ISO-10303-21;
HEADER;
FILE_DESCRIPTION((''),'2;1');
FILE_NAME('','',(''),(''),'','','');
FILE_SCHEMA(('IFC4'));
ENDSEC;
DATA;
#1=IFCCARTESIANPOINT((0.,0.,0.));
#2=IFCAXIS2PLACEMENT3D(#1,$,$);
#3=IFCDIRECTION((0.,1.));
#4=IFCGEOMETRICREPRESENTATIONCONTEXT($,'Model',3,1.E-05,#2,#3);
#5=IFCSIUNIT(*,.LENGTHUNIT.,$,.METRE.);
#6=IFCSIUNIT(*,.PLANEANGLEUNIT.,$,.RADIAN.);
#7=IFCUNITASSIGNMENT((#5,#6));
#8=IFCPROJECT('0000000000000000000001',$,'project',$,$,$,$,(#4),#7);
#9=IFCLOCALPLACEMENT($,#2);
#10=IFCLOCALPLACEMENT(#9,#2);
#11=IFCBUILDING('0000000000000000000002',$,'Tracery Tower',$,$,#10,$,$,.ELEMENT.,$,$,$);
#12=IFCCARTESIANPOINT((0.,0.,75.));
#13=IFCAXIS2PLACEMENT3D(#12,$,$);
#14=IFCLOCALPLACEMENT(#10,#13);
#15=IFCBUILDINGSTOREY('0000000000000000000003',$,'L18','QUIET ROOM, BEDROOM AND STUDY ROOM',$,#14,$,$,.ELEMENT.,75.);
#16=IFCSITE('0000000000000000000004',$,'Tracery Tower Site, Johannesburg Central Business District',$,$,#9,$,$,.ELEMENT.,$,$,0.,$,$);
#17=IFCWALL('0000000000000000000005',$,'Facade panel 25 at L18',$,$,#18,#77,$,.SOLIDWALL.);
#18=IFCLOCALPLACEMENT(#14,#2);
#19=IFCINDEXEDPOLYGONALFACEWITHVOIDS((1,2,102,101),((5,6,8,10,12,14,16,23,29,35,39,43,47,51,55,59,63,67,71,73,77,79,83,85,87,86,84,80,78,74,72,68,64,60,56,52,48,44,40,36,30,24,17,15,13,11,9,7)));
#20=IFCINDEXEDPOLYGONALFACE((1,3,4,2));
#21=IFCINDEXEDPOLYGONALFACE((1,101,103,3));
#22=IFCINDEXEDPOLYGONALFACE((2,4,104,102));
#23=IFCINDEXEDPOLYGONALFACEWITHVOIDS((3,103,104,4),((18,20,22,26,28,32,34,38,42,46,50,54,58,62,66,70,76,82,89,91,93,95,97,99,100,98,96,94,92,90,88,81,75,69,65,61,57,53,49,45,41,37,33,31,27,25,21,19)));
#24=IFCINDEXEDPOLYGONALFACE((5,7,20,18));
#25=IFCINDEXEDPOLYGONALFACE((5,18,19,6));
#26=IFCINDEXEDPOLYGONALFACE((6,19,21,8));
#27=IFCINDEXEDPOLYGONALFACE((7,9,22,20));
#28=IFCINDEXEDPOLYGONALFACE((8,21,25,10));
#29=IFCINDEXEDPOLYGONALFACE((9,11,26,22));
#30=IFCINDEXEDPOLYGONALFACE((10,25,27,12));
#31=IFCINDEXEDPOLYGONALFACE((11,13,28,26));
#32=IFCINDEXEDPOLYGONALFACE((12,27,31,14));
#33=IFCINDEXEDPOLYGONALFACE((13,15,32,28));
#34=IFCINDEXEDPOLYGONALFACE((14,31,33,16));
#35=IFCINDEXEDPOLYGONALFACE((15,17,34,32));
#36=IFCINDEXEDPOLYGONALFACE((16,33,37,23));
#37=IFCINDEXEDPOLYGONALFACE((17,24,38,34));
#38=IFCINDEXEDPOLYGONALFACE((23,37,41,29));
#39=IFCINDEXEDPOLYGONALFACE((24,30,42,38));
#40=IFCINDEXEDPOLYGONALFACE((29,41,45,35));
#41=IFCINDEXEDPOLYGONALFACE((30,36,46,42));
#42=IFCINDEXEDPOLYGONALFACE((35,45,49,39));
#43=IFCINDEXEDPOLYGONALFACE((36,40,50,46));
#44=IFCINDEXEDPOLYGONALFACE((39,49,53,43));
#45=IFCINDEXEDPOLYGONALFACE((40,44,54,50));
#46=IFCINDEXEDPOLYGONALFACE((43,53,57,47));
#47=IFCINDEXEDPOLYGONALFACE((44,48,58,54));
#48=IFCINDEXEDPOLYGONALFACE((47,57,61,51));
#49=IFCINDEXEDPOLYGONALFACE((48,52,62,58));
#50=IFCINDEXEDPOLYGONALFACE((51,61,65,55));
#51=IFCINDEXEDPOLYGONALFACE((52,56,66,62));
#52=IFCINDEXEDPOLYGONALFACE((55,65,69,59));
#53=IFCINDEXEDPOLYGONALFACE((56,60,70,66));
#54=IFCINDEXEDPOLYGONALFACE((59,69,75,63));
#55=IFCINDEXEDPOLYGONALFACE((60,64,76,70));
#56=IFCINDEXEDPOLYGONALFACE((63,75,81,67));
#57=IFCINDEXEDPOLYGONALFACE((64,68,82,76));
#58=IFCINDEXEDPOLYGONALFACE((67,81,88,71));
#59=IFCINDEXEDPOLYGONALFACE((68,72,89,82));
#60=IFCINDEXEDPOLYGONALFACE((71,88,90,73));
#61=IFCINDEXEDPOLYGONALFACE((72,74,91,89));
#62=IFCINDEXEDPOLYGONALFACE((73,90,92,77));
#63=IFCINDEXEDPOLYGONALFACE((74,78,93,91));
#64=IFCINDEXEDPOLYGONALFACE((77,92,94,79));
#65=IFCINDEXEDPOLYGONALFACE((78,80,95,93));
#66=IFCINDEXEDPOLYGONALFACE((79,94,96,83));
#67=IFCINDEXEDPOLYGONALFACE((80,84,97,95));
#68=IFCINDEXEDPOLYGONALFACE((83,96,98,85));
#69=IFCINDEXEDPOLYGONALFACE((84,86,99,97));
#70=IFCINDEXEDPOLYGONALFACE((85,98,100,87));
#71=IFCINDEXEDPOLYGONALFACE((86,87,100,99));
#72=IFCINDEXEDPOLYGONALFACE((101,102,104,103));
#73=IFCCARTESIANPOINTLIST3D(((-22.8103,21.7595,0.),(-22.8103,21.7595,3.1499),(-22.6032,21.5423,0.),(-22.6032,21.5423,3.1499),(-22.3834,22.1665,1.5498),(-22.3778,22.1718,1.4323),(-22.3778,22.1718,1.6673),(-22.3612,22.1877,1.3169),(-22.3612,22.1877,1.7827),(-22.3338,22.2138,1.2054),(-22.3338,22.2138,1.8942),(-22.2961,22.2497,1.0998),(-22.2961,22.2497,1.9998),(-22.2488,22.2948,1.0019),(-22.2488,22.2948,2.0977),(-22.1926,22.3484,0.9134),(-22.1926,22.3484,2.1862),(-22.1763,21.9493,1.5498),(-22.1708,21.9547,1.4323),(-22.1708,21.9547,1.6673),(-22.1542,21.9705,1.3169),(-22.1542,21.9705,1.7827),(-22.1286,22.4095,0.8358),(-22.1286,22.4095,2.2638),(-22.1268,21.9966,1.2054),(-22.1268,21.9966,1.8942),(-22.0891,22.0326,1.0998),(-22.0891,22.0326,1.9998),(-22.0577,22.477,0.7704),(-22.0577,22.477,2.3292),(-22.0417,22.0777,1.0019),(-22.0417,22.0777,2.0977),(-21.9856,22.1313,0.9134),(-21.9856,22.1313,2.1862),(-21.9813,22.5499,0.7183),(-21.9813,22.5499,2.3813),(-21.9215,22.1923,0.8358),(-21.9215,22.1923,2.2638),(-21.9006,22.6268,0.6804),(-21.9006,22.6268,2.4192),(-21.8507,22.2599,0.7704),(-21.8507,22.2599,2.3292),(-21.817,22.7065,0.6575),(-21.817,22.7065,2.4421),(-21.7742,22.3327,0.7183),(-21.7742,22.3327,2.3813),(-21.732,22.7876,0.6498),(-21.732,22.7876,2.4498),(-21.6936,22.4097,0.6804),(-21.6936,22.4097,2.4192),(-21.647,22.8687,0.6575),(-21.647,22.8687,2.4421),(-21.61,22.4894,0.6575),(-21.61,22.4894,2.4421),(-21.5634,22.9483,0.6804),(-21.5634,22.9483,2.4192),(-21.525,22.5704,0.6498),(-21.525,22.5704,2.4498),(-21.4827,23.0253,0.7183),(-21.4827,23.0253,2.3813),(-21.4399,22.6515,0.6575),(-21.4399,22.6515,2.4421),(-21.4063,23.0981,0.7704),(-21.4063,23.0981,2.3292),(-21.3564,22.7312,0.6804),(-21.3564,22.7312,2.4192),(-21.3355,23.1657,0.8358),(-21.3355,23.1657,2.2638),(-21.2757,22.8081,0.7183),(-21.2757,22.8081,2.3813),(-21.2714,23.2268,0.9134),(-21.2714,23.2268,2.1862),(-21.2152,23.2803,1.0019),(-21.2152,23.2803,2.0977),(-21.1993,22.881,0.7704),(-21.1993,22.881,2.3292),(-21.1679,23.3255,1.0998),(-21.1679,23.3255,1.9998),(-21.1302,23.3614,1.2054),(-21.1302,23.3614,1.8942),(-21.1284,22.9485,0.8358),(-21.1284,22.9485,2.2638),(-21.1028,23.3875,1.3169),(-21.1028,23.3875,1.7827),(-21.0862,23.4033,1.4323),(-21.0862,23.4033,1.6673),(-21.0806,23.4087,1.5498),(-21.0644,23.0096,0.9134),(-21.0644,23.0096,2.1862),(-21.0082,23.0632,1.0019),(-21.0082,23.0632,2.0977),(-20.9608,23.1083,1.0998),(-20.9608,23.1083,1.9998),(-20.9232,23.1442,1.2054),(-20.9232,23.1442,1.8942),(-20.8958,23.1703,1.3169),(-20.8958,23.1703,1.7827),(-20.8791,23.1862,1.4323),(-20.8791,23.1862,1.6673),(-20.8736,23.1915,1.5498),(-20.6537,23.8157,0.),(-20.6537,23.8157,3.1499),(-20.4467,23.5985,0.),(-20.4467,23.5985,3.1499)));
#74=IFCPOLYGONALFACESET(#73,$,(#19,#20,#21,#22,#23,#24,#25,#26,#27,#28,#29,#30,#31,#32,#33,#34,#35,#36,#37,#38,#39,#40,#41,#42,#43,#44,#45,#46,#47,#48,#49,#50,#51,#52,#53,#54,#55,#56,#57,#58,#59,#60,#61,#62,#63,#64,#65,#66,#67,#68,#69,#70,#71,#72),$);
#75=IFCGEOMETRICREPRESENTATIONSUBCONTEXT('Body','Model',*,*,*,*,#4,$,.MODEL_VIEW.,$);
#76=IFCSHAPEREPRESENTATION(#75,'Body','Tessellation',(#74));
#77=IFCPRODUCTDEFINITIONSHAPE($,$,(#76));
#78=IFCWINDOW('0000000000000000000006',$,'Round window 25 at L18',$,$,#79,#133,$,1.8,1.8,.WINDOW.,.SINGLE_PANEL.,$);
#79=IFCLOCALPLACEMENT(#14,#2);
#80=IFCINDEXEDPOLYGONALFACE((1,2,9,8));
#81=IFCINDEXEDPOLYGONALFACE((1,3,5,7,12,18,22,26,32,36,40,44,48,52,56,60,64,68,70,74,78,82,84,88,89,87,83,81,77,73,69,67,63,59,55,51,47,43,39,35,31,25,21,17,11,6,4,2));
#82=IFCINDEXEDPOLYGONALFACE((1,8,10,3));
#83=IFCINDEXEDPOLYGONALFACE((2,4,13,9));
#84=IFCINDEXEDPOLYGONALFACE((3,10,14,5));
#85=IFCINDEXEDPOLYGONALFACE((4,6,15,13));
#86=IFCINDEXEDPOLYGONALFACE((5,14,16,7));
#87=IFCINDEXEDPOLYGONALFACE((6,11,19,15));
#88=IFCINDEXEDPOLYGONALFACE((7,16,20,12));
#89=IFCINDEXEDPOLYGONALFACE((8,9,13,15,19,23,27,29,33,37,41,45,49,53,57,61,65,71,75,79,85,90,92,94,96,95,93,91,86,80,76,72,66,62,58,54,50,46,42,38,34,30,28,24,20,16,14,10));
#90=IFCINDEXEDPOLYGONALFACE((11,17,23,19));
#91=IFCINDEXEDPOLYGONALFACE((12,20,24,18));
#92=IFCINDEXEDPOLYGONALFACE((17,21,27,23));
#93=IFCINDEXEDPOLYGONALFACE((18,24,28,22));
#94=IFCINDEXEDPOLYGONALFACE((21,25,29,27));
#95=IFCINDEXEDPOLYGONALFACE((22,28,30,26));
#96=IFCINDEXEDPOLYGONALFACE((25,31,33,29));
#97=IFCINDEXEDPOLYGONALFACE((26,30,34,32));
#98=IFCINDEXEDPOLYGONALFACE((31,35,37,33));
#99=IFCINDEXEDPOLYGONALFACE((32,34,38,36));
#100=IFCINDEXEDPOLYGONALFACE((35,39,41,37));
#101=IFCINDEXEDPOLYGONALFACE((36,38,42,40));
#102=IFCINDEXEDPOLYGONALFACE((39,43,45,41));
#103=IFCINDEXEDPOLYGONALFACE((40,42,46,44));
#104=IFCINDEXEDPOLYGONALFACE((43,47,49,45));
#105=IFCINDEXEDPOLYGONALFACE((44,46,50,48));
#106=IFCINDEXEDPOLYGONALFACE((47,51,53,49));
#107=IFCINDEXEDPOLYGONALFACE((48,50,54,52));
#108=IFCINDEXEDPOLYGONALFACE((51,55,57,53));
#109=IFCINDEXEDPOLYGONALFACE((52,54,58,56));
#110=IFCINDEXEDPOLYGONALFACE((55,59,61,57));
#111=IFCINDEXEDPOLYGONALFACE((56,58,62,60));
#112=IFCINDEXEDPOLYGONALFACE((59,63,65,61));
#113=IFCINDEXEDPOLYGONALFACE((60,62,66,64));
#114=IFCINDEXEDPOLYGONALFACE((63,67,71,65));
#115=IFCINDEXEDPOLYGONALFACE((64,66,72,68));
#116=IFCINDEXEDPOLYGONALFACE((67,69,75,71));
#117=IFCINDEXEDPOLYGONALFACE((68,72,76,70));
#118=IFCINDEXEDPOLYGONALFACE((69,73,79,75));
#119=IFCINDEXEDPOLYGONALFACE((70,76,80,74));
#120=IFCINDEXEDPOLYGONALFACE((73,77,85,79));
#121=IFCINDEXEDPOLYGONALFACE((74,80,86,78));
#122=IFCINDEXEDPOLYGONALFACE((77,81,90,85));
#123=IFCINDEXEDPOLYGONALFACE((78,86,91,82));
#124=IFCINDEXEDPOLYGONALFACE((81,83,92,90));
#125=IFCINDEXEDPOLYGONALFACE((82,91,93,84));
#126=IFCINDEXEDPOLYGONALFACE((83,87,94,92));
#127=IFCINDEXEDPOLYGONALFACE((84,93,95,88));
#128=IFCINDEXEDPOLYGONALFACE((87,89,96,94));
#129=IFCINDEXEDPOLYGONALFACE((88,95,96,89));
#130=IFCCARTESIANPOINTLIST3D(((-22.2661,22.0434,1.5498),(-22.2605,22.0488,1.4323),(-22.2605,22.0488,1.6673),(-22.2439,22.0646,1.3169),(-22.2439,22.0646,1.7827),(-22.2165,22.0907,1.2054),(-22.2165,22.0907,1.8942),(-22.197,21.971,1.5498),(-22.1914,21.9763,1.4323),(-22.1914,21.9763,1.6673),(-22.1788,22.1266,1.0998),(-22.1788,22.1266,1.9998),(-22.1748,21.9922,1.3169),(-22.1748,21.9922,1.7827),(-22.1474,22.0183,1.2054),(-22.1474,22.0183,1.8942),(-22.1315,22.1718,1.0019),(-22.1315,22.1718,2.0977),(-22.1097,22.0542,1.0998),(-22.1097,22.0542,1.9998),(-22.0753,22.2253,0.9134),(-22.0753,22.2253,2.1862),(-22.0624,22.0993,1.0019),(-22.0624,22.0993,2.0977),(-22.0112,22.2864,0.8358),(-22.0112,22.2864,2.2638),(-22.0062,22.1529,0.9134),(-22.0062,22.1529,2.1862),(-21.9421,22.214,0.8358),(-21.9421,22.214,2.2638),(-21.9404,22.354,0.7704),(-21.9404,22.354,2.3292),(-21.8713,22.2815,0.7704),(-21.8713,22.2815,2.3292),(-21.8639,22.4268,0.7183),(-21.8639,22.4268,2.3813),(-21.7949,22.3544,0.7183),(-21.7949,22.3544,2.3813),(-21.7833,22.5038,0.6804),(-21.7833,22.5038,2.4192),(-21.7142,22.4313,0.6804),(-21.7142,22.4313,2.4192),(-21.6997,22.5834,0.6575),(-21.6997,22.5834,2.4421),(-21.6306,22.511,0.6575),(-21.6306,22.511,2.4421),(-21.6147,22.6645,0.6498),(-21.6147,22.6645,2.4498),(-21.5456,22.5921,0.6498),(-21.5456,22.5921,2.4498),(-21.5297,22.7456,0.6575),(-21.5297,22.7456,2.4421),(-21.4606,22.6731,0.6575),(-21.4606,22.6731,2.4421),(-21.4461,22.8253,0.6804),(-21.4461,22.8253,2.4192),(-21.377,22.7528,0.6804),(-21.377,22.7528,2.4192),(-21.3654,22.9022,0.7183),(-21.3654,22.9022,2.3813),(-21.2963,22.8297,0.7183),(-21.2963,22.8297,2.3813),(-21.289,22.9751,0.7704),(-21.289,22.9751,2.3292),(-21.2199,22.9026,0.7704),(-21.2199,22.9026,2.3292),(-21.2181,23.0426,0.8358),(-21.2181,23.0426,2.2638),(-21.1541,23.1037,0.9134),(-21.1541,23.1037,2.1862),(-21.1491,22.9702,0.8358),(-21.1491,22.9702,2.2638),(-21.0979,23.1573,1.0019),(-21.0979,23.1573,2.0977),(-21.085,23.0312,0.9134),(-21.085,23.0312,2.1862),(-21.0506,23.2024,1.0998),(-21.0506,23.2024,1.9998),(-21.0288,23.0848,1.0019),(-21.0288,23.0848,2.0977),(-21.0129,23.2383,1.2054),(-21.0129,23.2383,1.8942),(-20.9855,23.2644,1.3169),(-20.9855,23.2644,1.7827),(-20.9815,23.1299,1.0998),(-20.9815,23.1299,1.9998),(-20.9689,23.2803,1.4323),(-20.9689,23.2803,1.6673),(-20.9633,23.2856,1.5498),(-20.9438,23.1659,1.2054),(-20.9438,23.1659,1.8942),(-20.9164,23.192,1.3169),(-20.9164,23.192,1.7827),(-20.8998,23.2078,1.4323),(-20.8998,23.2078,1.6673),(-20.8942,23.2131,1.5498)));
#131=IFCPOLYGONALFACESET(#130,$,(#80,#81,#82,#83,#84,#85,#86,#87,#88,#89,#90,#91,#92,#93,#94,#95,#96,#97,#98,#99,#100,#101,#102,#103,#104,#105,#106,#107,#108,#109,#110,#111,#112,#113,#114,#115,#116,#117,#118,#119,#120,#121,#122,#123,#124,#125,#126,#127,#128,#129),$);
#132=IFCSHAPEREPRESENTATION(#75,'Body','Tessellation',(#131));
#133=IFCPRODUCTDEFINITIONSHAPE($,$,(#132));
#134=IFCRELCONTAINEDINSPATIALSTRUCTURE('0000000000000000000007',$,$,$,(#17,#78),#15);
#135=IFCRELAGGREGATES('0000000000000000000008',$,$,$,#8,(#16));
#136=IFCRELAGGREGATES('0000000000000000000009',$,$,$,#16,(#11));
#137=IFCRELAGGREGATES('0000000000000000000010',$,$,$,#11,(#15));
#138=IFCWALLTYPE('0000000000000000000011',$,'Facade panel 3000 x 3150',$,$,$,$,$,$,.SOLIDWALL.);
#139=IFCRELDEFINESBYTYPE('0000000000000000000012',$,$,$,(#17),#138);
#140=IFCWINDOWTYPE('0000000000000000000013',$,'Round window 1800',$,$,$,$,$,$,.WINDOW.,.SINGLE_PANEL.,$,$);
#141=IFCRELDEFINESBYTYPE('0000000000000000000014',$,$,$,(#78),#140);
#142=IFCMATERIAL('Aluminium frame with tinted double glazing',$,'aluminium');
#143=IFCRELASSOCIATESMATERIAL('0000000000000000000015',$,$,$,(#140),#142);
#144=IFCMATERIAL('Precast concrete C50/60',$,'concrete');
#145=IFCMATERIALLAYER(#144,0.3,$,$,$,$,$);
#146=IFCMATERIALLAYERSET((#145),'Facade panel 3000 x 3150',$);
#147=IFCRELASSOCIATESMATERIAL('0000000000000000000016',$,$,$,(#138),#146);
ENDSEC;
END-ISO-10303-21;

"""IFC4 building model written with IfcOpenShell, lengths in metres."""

from ifc_helpers import new_model, si_unit, direction, frame, frame_2d, origin, origin_2d, place, context, subcontext, project, spatial, rectangle, circle, extrude, material, layer, layer_set, type_object, element, fill, save


model = new_model("IFC4")

# Units and contexts
model_context = context("Model", 3, precision=1e-05, world=origin(), true_north=direction((0.0, 1.0)))
body_context = subcontext(model_context, "Body", "Model", "MODEL_VIEW")
ifc_project = project(units=[si_unit("LENGTHUNIT", "METRE"), si_unit("PLANEANGLEUNIT", "RADIAN")], contexts=[model_context])

# Site, building, storey
site_placement = place(None, origin())
site = spatial("IfcSite", under=ifc_project, at=site_placement, Name="Tracery Tower Site, Johannesburg Central Business District", CompositionType="ELEMENT", RefElevation=0.0)
building_placement = place(site_placement, origin())
building = spatial("IfcBuilding", under=site, at=building_placement, Name="Tracery Tower", CompositionType="ELEMENT")
storey_placement = place(building_placement, frame((0.0, 0.0, 75.0)))
storey = spatial("IfcBuildingStorey", under=building, at=storey_placement, Name="L18", Description="QUIET ROOM, BEDROOM AND STUDY ROOM", CompositionType="ELEMENT", Elevation=75.0)

# Wall, opening, window
ifc_material_1 = material(Name="Aluminium frame with tinted double glazing", Category="aluminium")
window_type = type_object("IfcWindowType", Name="Round window 1800", PartitioningType="SINGLE_PANEL", PredefinedType="WINDOW", material=ifc_material_1)
ifc_material_2 = material(Name="Precast concrete C50/60", Category="concrete")
ifc_layer_1 = layer(ifc_material_2, 0.3)
ifc_layer_set_1 = layer_set([ifc_layer_1], Name="Facade panel 3000 x 3150")
wall_type_1 = type_object("IfcWallType", Name="Facade panel 3000 x 3150", PredefinedType="SOLIDWALL", material=ifc_layer_set_1)
wall_1_placement = place(storey_placement, frame((-20.5503, 23.707, 0.0), z_axis=(0.0, 0.0, 1.0), x_axis=(-0.723744, -0.690068, 0.0)))
wall_1 = element("IfcWall", 1, at=wall_1_placement, inside=storey, type_object=wall_type_1, Name="Facade panel 25 at L18", PredefinedType="SOLIDWALL", context=body_context, shape_type="SweptSolid", body=[
    extrude(rectangle(XDim=2.9797, YDim=0.3, at=frame_2d((1.4897, 0.0))), origin(), (0.0, 0.0, 1.0), 3.1499),
])
opening_1_placement = place(wall_1_placement, frame((1.4897, 0.0, 1.5498)))
opening_1 = element("IfcOpeningElement", 2, at=opening_1_placement, cuts=wall_1, PredefinedType="OPENING", context=body_context, shape_type="SweptSolid", body=[
    extrude(circle(Radius=0.9, at=origin_2d()), frame((0.0, 0.1599, 0.0), z_axis=(0.0, -1.0, 0.0), x_axis=(1.0, 0.0, 0.0)), (0.0, 0.0, 1.0), 0.3201),
])
window_1_placement = place(opening_1_placement, origin())
window_1 = element("IfcWindow", 3, at=window_1_placement, inside=storey, type_object=window_type, Name="Round window 25 at L18", OverallHeight=1.8, OverallWidth=1.8, PartitioningType="SINGLE_PANEL", PredefinedType="WINDOW", context=body_context, shape_type="SweptSolid", body=[
    extrude(circle(Radius=0.9, at=origin_2d()), frame((0.0, 0.1201, 0.0), z_axis=(0.0, -1.0, 0.0), x_axis=(1.0, 0.0, 0.0)), (0.0, 0.0, 1.0), 0.1001),
])
fill(opening_1, window_1)

save(model, "model.ifc")
